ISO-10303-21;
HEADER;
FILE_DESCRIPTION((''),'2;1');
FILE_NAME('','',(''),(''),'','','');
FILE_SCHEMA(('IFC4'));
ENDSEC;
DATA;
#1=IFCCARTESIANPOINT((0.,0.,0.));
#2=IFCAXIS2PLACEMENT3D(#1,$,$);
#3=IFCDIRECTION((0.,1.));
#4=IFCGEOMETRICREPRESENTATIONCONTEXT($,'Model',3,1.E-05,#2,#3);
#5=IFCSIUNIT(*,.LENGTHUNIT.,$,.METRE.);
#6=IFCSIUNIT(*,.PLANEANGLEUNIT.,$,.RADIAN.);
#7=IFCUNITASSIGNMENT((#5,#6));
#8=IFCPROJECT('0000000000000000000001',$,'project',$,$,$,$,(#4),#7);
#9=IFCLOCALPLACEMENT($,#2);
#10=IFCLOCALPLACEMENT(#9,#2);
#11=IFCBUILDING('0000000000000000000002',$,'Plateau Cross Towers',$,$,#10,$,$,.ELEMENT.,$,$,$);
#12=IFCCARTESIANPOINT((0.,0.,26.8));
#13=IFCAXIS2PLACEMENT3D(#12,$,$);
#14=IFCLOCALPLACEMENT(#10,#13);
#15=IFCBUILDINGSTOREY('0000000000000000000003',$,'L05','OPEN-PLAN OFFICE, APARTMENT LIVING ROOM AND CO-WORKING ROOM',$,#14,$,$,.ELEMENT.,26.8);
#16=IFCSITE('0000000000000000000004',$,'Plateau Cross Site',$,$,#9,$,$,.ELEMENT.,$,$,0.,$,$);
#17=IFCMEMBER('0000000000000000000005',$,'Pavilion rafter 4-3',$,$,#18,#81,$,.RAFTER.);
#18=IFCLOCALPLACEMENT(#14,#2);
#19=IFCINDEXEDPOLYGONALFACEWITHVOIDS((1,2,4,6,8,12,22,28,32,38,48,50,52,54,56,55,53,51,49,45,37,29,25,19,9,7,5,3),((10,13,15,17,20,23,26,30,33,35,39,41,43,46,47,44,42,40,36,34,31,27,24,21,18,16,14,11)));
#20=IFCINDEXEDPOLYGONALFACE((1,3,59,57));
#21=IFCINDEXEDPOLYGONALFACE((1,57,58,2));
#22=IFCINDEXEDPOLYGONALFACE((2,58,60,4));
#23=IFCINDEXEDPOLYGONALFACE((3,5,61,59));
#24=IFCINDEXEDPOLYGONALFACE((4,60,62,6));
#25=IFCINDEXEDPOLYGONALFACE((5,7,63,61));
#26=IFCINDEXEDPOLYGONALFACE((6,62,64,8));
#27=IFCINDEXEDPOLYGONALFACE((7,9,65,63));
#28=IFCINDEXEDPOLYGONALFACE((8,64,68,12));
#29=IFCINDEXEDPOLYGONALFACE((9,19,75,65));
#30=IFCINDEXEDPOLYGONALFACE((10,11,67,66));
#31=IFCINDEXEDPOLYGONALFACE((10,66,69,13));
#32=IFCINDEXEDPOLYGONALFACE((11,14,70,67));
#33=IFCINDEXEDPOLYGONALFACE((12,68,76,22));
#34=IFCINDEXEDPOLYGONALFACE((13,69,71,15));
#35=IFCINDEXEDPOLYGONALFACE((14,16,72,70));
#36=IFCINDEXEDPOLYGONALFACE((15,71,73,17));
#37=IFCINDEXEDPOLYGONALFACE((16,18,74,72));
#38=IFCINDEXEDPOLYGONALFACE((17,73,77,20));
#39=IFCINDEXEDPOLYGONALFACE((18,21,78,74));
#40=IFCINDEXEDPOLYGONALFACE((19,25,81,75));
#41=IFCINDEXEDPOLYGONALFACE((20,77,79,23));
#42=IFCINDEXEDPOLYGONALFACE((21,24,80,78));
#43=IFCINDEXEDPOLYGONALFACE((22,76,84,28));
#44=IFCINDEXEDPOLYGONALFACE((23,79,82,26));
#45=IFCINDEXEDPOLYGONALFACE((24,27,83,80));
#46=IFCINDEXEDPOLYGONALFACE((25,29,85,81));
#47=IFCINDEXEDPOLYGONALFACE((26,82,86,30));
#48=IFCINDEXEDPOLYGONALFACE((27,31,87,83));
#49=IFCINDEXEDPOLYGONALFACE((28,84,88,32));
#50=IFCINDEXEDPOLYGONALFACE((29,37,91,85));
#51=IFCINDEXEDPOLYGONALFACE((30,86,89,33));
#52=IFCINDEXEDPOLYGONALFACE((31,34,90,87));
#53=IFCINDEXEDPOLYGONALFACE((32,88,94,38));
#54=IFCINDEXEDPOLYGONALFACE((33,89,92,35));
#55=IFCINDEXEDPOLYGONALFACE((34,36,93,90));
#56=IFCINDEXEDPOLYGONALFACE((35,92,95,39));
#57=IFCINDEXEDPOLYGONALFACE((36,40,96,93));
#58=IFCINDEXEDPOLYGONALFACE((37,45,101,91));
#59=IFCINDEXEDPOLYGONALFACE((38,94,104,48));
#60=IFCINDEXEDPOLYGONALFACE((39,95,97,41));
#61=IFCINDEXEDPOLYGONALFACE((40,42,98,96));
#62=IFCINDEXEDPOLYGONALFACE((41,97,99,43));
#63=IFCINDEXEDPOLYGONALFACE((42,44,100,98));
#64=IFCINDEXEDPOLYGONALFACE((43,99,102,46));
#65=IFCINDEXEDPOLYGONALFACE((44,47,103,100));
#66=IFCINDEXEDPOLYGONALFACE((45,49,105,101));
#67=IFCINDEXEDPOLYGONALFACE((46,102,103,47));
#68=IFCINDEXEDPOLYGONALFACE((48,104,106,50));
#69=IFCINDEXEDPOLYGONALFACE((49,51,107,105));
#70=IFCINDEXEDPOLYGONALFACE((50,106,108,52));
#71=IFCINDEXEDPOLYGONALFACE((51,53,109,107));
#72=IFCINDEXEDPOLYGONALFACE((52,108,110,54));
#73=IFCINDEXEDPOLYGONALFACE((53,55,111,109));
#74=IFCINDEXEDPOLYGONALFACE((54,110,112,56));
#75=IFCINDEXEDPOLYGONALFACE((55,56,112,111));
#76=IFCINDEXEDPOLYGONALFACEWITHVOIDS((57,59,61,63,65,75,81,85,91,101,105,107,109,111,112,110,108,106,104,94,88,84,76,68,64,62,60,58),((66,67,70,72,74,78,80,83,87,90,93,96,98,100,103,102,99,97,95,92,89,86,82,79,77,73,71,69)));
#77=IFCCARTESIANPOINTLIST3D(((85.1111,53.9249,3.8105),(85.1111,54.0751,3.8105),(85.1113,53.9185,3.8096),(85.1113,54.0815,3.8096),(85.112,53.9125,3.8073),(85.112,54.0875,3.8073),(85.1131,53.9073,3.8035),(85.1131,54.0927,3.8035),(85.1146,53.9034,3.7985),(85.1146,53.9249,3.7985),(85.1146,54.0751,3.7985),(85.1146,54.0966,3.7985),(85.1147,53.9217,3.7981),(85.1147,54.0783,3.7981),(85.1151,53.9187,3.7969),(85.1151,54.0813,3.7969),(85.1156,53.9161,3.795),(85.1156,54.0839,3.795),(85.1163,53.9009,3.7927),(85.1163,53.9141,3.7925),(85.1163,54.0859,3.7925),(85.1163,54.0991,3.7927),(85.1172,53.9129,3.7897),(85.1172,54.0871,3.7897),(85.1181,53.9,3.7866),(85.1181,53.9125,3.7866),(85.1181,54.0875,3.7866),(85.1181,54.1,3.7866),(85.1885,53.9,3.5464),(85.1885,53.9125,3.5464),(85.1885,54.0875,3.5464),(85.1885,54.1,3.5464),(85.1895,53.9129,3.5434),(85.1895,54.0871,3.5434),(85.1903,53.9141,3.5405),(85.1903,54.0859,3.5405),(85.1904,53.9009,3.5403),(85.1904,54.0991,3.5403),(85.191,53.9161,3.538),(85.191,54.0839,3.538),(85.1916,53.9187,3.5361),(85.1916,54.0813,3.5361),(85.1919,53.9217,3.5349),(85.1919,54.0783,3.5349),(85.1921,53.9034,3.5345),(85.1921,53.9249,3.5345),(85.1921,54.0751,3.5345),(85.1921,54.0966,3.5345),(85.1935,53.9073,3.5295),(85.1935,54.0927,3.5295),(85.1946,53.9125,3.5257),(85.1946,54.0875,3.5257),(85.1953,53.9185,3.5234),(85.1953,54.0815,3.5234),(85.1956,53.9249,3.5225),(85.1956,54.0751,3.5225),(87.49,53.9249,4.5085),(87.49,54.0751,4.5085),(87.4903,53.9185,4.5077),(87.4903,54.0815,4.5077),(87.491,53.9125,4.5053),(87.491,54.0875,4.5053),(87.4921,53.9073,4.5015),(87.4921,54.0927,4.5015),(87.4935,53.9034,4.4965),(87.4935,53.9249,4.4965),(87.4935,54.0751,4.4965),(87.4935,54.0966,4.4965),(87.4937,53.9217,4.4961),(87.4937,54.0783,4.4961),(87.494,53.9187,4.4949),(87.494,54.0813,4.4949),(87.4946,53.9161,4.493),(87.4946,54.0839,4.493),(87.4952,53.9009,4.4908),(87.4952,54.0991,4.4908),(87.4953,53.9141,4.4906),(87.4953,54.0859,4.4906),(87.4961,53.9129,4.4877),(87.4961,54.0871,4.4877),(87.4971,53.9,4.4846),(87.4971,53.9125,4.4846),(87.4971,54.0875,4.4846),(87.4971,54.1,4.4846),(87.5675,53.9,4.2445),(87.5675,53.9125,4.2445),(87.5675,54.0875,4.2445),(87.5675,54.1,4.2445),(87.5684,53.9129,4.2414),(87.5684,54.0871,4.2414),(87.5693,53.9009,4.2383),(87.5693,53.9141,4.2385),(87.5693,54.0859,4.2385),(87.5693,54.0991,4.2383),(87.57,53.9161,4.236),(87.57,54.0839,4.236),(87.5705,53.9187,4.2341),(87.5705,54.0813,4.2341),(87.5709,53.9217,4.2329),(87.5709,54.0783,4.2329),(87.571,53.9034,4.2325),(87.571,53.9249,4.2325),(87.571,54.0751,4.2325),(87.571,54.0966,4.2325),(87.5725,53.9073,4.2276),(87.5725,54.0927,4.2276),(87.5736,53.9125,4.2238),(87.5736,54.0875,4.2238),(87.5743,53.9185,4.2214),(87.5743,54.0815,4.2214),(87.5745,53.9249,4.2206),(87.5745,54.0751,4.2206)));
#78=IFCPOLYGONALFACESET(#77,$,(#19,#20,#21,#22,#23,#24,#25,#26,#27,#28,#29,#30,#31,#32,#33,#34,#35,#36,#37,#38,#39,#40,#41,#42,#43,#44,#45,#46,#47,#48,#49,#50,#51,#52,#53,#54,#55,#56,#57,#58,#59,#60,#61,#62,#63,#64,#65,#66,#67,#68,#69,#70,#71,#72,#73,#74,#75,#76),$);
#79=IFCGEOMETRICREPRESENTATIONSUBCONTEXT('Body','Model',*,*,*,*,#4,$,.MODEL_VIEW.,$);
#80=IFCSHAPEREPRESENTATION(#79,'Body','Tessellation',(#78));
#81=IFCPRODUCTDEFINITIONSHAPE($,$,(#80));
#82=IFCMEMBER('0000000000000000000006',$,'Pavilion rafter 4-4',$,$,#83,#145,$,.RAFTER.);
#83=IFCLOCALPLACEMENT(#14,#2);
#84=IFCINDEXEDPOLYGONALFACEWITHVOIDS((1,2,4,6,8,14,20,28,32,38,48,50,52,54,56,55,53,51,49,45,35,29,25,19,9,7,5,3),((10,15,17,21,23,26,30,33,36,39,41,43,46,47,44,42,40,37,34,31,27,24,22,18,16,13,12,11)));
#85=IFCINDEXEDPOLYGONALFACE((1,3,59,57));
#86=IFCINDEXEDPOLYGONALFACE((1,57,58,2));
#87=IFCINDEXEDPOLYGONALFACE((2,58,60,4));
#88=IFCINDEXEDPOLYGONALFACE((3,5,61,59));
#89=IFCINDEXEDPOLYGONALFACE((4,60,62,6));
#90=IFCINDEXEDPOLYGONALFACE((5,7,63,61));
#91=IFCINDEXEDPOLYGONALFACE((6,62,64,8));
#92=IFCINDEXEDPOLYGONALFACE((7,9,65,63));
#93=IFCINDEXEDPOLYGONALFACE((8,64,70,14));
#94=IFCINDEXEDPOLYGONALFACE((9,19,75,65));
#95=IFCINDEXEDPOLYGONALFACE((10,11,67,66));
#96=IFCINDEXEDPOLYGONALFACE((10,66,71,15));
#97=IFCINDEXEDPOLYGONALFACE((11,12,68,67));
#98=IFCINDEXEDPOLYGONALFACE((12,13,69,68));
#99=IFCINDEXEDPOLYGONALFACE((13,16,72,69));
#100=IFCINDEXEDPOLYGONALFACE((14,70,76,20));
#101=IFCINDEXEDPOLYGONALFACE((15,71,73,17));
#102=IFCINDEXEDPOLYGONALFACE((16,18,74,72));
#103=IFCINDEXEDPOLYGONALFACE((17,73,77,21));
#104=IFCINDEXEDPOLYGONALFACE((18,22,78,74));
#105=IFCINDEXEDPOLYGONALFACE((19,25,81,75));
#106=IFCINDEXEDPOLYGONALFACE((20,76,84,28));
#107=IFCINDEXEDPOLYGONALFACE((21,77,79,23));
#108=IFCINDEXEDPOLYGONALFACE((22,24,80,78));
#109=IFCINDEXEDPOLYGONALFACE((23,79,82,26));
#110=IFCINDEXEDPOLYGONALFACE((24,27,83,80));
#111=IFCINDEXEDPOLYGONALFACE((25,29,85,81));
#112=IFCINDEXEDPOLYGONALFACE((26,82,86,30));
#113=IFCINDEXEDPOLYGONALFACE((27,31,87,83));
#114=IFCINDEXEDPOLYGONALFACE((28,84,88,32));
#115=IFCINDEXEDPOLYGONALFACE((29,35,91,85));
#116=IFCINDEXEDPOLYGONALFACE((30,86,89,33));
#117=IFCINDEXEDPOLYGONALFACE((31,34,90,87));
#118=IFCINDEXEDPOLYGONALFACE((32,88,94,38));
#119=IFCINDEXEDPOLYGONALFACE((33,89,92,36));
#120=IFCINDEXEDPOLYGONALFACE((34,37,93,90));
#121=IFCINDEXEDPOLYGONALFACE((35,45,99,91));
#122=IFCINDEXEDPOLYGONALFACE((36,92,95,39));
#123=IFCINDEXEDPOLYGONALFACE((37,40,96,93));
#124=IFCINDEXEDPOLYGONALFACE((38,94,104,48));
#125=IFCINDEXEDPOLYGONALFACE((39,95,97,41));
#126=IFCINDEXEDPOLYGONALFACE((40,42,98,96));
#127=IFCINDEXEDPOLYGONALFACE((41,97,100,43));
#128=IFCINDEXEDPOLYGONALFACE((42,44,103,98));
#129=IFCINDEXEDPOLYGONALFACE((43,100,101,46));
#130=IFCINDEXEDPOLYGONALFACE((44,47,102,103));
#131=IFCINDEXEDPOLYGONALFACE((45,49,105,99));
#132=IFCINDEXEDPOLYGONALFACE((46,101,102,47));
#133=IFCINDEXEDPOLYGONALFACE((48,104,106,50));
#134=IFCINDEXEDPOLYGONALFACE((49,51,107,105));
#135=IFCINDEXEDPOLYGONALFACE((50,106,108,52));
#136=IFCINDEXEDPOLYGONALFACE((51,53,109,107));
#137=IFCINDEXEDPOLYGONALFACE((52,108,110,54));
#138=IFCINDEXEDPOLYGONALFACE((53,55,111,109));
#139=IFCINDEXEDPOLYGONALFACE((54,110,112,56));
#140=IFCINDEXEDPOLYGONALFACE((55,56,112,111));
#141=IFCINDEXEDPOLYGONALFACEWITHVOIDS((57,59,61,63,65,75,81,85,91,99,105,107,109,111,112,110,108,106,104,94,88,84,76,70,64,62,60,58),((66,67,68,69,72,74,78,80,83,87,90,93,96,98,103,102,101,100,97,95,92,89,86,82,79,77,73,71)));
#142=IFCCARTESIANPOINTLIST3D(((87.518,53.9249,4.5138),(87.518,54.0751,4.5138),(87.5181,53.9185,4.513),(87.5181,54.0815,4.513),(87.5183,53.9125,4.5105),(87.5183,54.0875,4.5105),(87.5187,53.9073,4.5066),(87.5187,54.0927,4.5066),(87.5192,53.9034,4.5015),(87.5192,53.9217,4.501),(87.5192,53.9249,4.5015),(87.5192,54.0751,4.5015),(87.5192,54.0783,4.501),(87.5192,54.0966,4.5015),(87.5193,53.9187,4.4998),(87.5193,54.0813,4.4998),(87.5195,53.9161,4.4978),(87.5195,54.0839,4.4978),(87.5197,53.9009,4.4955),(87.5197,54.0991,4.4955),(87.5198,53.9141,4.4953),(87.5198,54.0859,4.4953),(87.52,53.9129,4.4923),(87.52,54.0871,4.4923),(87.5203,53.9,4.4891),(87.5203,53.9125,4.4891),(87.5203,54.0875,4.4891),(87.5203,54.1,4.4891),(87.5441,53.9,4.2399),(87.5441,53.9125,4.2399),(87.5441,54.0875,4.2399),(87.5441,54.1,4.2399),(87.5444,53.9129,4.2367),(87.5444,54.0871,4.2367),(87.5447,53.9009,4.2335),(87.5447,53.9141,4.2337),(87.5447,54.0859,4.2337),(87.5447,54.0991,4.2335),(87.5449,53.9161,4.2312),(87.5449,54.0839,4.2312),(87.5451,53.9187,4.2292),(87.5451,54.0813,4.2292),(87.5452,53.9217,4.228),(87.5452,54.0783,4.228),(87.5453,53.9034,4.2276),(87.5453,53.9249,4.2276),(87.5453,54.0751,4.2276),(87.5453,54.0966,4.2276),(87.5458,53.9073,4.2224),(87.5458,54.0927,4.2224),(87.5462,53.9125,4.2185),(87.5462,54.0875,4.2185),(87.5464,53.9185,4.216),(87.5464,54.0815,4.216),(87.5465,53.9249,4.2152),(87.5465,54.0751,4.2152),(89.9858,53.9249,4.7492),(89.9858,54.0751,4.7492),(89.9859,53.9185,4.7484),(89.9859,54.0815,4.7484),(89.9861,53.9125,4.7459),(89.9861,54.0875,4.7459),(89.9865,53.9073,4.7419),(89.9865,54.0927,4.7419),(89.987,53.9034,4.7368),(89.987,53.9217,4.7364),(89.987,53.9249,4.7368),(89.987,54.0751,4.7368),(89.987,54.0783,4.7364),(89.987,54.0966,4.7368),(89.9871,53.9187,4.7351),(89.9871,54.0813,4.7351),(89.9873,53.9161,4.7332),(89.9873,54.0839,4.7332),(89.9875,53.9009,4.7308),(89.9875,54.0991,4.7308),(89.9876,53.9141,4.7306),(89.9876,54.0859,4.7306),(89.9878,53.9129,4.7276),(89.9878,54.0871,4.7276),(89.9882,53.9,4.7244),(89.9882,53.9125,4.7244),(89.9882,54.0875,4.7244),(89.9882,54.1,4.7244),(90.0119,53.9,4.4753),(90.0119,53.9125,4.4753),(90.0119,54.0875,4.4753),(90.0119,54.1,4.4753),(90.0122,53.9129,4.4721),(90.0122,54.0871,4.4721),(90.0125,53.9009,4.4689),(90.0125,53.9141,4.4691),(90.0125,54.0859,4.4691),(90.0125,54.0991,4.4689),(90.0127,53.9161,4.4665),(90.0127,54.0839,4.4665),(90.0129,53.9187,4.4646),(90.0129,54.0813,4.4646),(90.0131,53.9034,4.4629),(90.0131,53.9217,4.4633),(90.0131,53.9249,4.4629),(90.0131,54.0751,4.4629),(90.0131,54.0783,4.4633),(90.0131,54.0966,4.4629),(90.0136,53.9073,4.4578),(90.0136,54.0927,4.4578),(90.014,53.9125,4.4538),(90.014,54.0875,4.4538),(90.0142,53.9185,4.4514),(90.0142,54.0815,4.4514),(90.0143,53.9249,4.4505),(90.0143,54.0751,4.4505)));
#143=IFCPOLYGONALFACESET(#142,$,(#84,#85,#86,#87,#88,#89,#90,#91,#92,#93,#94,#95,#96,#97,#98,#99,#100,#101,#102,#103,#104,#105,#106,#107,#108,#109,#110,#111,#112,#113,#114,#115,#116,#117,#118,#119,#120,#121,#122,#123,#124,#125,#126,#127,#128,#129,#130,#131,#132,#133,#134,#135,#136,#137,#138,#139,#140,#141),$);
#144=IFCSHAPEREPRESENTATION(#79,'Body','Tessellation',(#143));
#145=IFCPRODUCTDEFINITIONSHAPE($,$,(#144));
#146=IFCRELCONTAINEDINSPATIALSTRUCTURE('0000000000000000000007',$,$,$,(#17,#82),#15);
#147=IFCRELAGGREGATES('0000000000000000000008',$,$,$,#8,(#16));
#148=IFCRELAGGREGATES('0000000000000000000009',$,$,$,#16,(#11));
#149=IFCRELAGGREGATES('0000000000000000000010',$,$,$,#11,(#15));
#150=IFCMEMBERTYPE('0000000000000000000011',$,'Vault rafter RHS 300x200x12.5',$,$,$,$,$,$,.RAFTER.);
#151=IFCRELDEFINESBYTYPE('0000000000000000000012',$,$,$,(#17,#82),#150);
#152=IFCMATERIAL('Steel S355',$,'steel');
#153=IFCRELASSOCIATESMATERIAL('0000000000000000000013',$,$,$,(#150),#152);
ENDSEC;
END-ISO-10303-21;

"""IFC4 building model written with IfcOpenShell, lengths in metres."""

from ifc_helpers import new_model, si_unit, direction, frame, origin, origin_2d, place, context, subcontext, project, spatial, hollow_rectangle, extrude, material, material_profile, profile_set, type_object, element, save


model = new_model("IFC4")

# Units and contexts
model_context = context("Model", 3, precision=1e-05, world=origin(), true_north=direction((0.0, 1.0)))
body_context = subcontext(model_context, "Body", "Model", "MODEL_VIEW")
ifc_project = project(units=[si_unit("LENGTHUNIT", "METRE"), si_unit("PLANEANGLEUNIT", "RADIAN")], contexts=[model_context])

# Site, building, storey
site_placement = place(None, origin())
site = spatial("IfcSite", under=ifc_project, at=site_placement, Name="Plateau Cross Site", CompositionType="ELEMENT", RefElevation=0.0)
building_placement = place(site_placement, origin())
building = spatial("IfcBuilding", under=site, at=building_placement, Name="Plateau Cross Towers", CompositionType="ELEMENT")
storey_placement = place(building_placement, frame((0.0, 0.0, 26.8)))
storey = spatial("IfcBuildingStorey", under=building, at=storey_placement, Name="L05", Description="OPEN-PLAN OFFICE, APARTMENT LIVING ROOM AND CO-WORKING ROOM", CompositionType="ELEMENT", Elevation=26.8)

# Shared definitions
ifc_material_1 = material(Name="Steel S355", Category="steel")

# Members
ifc_material_profile_1 = material_profile(ifc_material_1, hollow_rectangle(XDim=0.2, YDim=0.3, WallThickness=0.0125, InnerFilletRadius=0.0125, OuterFilletRadius=0.0249, at=origin_2d()), Name="RHS 300x200x12.5")
ifc_profile_set_1 = profile_set([ifc_material_profile_1], Name="Steel S355")
member_type = type_object("IfcMemberType", Name="Vault rafter RHS 300x200x12.5", PredefinedType="RAFTER", material=ifc_profile_set_1)
member_1_placement = place(storey_placement, frame((85.1533, 54.0, 3.6665), z_axis=(0.959549, 0.0, 0.281542), x_axis=(0.0, 1.0, 0.0)))
element("IfcMember", 1, at=member_1_placement, inside=storey, type_object=member_type, Name="Pavilion rafter 4-3", PredefinedType="RAFTER", context=body_context, shape_type="SweptSolid", body=[
    extrude(hollow_rectangle(XDim=0.2, YDim=0.3, WallThickness=0.0125, InnerFilletRadius=0.0125, OuterFilletRadius=0.0249, at=origin_2d()), origin(), (0.0, 0.0, 1.0), 2.4792),
])
for number, where, z_axis, x_axis, name in (
    (2, (87.5322, 54.0, 4.3645), (0.995483, 0.0, 0.094939), (0.0, 1.0, 0.0), "Pavilion rafter 4-4"),
):
    element("IfcMember", number, at=place(storey_placement, frame(where, z_axis=z_axis, x_axis=x_axis)), inside=storey, type_object=member_type, Name=name, PredefinedType="RAFTER", context=body_context, shape_type="SweptSolid", body=[
        extrude(hollow_rectangle(XDim=0.2, YDim=0.3, WallThickness=0.0125, InnerFilletRadius=0.0125, OuterFilletRadius=0.0249, at=origin_2d()), origin(), (0.0, 0.0, 1.0), 2.479),
    ])

save(model, "model.ifc")
